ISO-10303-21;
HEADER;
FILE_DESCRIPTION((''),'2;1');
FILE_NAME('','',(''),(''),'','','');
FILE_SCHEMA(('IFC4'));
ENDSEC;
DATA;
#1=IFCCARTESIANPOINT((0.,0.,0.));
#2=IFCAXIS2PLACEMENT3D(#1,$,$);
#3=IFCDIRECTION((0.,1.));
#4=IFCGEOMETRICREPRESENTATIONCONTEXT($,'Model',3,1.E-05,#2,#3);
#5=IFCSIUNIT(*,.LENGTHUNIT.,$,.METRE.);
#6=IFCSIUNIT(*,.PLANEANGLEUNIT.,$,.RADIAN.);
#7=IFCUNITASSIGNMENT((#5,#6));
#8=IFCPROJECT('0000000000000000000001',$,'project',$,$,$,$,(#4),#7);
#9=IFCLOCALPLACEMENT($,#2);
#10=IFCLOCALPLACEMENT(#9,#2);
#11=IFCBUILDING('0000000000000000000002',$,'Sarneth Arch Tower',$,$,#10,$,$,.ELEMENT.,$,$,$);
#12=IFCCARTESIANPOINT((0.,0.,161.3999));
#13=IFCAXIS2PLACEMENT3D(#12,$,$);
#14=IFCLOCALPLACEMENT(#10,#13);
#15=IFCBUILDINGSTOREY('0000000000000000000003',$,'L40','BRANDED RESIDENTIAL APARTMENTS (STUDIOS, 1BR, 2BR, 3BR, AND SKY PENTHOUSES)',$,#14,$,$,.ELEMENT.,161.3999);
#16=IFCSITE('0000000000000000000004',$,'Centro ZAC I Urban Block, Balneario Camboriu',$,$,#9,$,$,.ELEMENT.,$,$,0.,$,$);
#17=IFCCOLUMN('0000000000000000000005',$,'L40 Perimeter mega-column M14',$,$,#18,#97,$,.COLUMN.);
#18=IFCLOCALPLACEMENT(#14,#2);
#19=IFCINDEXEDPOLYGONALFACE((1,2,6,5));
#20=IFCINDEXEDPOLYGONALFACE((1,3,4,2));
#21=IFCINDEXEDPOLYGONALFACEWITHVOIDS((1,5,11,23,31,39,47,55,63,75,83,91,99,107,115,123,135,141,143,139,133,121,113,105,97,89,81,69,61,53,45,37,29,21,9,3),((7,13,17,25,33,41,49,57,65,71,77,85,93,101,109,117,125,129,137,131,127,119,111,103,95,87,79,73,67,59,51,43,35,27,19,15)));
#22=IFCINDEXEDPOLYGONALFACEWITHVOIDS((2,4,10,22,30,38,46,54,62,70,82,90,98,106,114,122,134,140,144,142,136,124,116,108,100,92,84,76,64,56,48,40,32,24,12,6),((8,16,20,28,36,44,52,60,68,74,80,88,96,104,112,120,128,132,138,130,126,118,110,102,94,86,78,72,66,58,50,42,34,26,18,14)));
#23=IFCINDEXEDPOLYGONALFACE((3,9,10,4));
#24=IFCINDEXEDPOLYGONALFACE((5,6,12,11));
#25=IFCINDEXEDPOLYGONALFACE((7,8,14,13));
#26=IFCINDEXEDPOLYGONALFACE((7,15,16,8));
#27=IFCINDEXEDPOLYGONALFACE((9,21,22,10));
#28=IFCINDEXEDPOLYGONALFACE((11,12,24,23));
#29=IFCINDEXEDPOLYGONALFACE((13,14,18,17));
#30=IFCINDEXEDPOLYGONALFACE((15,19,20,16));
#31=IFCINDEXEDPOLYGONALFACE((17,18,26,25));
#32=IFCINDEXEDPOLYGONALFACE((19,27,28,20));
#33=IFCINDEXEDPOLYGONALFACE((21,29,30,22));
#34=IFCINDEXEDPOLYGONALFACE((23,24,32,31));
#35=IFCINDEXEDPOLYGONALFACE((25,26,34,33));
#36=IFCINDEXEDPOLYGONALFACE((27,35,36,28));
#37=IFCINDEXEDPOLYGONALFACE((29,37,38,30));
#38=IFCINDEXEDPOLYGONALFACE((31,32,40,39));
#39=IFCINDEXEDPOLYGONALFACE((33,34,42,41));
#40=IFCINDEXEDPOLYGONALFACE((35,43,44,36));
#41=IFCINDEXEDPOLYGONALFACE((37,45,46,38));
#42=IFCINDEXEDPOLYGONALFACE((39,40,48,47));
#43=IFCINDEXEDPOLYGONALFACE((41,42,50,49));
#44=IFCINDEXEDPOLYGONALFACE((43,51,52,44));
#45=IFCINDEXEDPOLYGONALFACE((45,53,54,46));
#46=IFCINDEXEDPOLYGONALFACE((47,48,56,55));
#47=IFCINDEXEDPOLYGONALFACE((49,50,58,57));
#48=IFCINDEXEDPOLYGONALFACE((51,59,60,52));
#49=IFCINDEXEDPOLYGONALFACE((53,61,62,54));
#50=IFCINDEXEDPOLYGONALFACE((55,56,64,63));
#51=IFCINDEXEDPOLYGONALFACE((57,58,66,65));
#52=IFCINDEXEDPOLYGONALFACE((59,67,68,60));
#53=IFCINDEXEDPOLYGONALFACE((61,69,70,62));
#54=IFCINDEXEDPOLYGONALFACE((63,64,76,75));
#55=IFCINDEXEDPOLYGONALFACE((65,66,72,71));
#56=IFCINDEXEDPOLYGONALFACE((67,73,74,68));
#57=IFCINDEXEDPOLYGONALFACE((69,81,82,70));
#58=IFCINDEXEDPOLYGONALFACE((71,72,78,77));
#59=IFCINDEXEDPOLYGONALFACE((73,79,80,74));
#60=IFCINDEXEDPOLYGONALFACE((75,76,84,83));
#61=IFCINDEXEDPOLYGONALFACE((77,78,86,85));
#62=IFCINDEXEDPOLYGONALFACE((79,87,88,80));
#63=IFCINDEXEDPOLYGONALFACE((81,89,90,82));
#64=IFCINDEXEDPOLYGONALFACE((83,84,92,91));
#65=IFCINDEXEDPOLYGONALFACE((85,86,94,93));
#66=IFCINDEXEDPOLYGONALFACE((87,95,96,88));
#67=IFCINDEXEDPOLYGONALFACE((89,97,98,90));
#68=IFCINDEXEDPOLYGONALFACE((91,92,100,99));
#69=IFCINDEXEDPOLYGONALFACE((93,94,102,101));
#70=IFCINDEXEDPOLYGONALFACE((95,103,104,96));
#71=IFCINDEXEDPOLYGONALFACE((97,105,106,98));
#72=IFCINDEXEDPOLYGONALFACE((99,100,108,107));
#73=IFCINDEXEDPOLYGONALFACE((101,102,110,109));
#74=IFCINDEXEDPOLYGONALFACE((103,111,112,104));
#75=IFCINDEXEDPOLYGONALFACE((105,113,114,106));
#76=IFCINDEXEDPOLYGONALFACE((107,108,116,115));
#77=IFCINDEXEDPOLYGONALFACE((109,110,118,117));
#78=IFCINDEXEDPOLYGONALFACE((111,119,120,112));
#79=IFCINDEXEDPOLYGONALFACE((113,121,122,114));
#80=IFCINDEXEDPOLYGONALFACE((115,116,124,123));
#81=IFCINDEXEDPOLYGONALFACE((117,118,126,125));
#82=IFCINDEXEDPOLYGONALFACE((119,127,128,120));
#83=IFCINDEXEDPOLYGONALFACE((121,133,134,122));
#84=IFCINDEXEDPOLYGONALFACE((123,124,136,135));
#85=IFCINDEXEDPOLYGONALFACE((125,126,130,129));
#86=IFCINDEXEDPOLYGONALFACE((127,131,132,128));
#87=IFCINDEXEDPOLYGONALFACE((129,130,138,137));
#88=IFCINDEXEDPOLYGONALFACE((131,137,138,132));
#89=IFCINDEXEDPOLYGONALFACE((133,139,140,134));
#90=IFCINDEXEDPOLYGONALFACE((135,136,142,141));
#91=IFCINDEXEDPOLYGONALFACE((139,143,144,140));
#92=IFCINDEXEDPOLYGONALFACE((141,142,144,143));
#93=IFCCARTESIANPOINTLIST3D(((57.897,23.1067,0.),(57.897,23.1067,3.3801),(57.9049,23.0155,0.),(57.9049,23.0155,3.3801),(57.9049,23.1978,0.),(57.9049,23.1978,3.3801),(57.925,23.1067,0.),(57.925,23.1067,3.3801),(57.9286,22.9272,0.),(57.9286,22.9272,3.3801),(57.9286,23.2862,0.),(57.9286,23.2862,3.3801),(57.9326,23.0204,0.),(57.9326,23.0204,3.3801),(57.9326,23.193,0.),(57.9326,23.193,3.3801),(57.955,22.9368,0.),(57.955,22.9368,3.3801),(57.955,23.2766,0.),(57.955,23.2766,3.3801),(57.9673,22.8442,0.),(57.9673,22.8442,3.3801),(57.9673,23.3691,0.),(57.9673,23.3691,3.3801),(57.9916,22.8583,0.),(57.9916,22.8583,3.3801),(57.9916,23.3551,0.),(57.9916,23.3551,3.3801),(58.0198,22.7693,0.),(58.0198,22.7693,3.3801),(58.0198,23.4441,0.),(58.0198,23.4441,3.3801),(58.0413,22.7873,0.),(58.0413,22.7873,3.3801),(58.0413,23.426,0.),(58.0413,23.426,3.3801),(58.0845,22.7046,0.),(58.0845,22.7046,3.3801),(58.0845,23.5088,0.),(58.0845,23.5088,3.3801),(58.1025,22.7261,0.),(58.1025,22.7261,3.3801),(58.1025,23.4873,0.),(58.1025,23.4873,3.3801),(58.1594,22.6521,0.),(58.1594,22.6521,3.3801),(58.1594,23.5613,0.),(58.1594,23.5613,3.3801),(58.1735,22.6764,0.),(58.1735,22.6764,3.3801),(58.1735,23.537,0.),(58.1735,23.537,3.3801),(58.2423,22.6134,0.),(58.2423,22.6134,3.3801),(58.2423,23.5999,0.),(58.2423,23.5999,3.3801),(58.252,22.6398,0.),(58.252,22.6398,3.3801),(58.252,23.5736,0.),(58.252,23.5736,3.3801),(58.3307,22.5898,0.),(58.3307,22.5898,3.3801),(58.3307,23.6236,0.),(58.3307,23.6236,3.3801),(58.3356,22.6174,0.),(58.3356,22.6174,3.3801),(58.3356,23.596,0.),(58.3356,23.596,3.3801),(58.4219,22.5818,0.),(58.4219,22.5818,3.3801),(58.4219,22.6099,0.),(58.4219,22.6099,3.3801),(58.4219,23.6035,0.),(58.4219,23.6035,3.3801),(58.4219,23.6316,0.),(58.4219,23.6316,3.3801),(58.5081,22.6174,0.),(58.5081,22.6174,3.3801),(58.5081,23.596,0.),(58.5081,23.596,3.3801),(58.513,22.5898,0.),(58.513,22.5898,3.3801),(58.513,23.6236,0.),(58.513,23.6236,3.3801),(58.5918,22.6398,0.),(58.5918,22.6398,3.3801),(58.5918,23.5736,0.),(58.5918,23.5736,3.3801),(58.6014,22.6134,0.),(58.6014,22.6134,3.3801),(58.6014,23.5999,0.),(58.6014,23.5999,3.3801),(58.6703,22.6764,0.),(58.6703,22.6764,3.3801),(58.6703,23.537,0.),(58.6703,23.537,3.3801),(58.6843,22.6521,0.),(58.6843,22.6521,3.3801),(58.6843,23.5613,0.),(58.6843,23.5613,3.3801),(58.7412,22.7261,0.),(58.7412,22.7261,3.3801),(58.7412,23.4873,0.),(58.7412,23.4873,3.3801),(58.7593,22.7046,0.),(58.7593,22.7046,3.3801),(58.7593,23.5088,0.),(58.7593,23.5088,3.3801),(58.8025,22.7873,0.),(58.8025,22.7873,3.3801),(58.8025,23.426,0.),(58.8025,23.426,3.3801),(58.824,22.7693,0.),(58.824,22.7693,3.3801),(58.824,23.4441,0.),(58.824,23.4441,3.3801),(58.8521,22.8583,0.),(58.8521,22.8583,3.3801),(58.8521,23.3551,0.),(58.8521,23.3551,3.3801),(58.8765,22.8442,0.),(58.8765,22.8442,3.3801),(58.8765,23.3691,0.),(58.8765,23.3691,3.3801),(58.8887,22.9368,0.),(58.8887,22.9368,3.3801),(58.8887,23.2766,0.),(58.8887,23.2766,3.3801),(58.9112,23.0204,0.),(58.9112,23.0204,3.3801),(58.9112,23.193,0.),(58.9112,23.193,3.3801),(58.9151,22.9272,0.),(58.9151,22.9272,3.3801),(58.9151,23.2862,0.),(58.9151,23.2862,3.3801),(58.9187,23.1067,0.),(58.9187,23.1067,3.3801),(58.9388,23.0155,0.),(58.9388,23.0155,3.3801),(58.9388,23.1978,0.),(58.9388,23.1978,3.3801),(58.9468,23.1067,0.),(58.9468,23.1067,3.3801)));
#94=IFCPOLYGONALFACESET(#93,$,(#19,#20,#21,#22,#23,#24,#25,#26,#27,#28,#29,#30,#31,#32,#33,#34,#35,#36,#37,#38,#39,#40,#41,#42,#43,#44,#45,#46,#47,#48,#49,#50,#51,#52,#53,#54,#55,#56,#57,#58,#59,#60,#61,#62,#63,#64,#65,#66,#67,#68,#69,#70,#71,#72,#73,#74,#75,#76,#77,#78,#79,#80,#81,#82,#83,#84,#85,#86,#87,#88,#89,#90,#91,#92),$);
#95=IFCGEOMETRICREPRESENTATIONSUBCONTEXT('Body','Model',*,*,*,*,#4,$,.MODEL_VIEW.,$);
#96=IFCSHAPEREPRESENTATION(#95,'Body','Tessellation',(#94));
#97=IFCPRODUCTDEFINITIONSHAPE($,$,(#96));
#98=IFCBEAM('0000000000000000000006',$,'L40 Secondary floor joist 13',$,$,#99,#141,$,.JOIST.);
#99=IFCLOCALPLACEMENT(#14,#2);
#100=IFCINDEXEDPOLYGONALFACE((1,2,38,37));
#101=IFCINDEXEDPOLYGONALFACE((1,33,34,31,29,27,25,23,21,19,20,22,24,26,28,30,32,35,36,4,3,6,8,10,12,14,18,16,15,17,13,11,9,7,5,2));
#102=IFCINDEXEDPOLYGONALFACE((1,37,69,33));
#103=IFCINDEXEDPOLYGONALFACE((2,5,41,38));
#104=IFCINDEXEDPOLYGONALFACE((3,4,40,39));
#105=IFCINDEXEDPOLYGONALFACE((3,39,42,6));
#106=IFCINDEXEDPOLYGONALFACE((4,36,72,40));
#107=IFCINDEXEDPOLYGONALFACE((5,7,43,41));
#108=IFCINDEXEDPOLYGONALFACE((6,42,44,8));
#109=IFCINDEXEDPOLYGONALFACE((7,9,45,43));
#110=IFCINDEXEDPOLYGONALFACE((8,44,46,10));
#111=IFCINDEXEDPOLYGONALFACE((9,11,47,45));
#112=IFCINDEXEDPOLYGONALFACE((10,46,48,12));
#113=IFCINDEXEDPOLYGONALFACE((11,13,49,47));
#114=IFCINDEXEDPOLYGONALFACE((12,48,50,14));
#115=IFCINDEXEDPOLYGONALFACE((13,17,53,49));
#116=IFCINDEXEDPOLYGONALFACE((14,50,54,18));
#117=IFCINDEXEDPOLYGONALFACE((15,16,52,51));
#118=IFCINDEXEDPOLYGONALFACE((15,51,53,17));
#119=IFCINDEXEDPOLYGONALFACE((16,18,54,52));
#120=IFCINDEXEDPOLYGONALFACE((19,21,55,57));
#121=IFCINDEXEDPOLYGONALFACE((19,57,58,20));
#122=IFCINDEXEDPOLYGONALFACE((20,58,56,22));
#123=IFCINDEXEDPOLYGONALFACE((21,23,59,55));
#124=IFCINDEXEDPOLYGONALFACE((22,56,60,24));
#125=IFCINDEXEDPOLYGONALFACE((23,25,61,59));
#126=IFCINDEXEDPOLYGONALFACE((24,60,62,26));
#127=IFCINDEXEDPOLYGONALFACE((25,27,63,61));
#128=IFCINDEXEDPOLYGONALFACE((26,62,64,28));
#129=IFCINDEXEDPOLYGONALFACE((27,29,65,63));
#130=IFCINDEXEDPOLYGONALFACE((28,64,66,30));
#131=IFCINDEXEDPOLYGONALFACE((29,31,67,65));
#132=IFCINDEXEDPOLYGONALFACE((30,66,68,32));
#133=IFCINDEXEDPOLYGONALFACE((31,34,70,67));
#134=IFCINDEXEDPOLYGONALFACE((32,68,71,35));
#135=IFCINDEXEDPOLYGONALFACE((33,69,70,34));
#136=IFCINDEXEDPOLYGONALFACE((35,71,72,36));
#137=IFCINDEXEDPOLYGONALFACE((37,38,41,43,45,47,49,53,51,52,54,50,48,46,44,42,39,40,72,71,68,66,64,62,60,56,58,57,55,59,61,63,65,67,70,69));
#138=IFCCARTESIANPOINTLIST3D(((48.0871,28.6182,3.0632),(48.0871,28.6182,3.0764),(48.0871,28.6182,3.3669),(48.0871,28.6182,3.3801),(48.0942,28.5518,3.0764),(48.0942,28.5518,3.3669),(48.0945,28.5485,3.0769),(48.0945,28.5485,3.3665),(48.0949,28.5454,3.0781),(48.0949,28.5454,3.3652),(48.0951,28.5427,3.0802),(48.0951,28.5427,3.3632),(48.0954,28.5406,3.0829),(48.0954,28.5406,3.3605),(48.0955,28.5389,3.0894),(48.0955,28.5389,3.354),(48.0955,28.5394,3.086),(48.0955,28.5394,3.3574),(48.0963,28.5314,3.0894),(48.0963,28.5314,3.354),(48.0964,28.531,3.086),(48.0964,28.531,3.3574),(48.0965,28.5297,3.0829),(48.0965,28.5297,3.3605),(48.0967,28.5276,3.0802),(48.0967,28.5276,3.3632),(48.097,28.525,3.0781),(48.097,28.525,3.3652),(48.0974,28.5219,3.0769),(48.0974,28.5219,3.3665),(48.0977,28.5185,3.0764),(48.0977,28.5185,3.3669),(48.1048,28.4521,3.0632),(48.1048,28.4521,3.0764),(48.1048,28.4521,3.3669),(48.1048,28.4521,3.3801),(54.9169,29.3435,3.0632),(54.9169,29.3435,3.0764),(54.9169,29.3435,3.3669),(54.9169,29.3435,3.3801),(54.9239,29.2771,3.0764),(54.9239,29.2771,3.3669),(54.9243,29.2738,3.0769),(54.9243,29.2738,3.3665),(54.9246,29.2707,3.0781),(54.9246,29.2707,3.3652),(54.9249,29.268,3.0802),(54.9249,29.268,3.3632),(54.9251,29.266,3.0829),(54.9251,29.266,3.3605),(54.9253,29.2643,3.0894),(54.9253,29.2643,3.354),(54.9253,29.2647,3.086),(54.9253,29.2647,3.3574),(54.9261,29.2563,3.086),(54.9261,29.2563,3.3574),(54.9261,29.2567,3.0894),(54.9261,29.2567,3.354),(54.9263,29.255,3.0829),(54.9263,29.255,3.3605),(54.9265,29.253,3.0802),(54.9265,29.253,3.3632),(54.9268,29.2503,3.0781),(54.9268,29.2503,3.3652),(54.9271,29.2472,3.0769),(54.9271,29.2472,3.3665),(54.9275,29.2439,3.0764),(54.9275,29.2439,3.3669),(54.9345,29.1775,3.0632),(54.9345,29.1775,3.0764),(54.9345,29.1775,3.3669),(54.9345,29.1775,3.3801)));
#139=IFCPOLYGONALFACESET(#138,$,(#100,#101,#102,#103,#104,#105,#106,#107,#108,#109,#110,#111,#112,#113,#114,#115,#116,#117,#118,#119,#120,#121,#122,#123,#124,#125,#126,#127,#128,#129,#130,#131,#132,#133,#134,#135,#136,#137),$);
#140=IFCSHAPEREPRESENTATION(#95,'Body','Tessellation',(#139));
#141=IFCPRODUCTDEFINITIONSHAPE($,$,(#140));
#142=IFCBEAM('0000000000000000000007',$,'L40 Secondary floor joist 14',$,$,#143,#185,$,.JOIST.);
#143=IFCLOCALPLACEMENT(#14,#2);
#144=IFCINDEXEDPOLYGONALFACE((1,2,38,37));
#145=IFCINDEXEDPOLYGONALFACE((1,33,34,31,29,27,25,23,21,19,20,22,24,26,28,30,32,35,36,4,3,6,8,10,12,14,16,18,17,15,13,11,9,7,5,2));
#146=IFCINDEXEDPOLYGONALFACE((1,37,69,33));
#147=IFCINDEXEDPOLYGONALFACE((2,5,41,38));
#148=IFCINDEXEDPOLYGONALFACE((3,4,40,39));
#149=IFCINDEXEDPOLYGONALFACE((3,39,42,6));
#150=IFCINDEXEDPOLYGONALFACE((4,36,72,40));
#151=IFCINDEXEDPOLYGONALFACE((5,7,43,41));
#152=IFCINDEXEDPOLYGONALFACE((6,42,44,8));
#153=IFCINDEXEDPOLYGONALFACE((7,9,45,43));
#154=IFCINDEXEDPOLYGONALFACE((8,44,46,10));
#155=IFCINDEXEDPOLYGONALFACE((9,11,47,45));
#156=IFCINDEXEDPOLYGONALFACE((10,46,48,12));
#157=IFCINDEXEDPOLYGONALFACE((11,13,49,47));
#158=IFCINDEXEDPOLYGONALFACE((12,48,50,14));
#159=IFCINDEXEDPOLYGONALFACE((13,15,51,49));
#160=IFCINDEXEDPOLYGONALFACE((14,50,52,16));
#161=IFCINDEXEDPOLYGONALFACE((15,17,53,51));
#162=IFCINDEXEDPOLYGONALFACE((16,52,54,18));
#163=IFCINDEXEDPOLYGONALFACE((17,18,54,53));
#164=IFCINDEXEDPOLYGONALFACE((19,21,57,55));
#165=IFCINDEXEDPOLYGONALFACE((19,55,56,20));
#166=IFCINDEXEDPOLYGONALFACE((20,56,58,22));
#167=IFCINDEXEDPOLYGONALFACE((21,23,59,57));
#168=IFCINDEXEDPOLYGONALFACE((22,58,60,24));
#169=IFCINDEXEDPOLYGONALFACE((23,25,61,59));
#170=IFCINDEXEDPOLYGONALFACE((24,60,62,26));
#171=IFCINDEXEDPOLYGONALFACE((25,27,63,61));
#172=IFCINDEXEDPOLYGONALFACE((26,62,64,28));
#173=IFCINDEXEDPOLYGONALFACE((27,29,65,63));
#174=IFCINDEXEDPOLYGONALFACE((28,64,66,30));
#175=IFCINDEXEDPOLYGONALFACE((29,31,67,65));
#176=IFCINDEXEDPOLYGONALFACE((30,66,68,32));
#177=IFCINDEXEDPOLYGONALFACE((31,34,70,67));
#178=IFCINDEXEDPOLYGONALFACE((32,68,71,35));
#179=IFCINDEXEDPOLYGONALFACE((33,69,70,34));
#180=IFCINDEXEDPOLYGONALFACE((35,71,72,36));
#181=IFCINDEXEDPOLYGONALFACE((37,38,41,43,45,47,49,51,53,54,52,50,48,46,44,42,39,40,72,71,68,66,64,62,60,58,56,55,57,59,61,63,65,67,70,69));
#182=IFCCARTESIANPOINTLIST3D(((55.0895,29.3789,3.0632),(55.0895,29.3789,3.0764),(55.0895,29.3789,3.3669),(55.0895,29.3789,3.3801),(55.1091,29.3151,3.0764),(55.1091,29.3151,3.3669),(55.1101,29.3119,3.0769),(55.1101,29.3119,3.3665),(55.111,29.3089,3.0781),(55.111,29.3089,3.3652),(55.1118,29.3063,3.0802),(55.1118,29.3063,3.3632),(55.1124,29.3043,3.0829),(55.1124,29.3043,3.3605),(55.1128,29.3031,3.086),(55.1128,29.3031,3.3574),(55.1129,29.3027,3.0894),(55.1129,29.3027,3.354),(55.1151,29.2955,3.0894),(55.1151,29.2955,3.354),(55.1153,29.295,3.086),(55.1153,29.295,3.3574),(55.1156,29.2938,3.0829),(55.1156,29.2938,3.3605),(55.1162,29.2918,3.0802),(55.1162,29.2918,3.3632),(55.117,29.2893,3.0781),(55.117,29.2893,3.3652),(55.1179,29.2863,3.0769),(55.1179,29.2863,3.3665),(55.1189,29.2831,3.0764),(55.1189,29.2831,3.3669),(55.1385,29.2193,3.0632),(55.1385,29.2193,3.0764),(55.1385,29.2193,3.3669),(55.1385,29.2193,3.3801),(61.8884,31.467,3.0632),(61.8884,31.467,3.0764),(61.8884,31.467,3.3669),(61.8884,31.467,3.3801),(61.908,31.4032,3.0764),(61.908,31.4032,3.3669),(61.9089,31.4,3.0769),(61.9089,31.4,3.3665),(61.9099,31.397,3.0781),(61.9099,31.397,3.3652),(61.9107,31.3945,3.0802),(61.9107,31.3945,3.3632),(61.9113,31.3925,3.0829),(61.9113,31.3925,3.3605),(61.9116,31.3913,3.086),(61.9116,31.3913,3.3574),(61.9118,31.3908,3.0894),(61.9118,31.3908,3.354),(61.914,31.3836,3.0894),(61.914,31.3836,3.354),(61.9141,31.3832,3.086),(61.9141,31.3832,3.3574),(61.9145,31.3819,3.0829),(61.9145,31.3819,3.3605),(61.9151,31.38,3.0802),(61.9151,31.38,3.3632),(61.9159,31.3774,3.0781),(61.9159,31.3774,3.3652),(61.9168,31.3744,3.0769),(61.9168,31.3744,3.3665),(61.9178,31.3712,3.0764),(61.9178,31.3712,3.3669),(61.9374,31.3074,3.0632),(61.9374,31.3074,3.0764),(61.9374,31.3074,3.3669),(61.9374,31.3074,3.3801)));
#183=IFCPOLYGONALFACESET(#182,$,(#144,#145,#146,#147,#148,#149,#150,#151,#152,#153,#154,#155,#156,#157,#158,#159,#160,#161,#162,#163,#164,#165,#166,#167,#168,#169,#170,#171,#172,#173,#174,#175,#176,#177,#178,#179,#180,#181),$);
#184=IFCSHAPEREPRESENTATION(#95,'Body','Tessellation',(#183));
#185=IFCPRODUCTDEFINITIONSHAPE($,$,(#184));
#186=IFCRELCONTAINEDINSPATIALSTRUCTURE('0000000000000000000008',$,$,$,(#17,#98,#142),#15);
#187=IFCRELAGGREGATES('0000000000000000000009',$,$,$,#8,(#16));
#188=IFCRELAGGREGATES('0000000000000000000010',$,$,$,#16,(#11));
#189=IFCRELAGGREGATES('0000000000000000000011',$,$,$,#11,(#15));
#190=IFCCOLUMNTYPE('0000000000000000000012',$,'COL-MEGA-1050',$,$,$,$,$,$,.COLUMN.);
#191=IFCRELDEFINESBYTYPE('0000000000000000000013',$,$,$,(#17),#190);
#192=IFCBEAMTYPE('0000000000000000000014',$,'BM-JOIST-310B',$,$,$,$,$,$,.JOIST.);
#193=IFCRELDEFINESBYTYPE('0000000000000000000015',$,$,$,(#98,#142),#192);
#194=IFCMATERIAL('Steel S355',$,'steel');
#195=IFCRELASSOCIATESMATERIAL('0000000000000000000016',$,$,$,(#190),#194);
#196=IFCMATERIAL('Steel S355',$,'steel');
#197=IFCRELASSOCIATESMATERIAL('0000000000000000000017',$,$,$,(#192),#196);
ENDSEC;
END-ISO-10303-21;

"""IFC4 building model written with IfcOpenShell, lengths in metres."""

from ifc_helpers import new_model, si_unit, direction, frame, origin, origin_2d, place, context, subcontext, project, spatial, hollow_circle, i_section, extrude, material, material_profile, profile_set, type_object, element, save


model = new_model("IFC4")

# Units and contexts
model_context = context("Model", 3, precision=1e-05, world=origin(), true_north=direction((0.0, 1.0)))
body_context = subcontext(model_context, "Body", "Model", "MODEL_VIEW")
ifc_project = project(units=[si_unit("LENGTHUNIT", "METRE"), si_unit("PLANEANGLEUNIT", "RADIAN")], contexts=[model_context])

# Site, building, storey
site_placement = place(None, origin())
site = spatial("IfcSite", under=ifc_project, at=site_placement, Name="Centro ZAC I Urban Block, Balneario Camboriu", CompositionType="ELEMENT", RefElevation=0.0)
building_placement = place(site_placement, origin())
building = spatial("IfcBuilding", under=site, at=building_placement, Name="Sarneth Arch Tower", CompositionType="ELEMENT")
storey_placement = place(building_placement, frame((0.0, 0.0, 161.3999)))
storey = spatial("IfcBuildingStorey", under=building, at=storey_placement, Name="L40", Description="BRANDED RESIDENTIAL APARTMENTS (STUDIOS, 1BR, 2BR, 3BR, AND SKY PENTHOUSES)", CompositionType="ELEMENT", Elevation=161.3999)

# Column
ifc_material_1 = material(Name="Steel S355", Category="steel")
ifc_material_profile_1 = material_profile(ifc_material_1, hollow_circle(Radius=0.5249, WallThickness=0.0281, at=origin_2d()), Name="CHS1050x28")
ifc_profile_set_1 = profile_set([ifc_material_profile_1], Name="Steel S355")
column_type = type_object("IfcColumnType", Name="COL-MEGA-1050", PredefinedType="COLUMN", material=ifc_profile_set_1)
column_placement = place(storey_placement, frame((58.4219, 23.1067, 0.0), z_axis=(0.0, 0.0, 1.0), x_axis=(1.0, 0.0, 0.0)))
element("IfcColumn", 1, at=column_placement, inside=storey, type_object=column_type, Name="L40 Perimeter mega-column M14", PredefinedType="COLUMN", context=body_context, shape_type="SweptSolid", body=[
    extrude(hollow_circle(Radius=0.5249, WallThickness=0.0281, at=origin_2d()), origin(), (0.0, 0.0, 1.0), 3.3801),
])

# Beams
ifc_material_2 = material(Name="Steel S355", Category="steel")
ifc_material_profile_2 = material_profile(ifc_material_2, i_section(OverallWidth=0.167, OverallDepth=0.3169, WebThickness=0.0076, FlangeThickness=0.0132, FilletRadius=0.0129, at=origin_2d()), Name="W310x52")
ifc_profile_set_2 = profile_set([ifc_material_profile_2], Name="Steel S355")
beam_type_1 = type_object("IfcBeamType", Name="BM-JOIST-310B", PredefinedType="JOIST", material=ifc_profile_set_2)
beam_1_placement = place(storey_placement, frame((48.0959, 28.5352, 3.2217), z_axis=(0.994408, 0.105608, 0.0), x_axis=(-0.105608, 0.994408, 0.0)))
element("IfcBeam", 2, at=beam_1_placement, inside=storey, type_object=beam_type_1, Name="L40 Secondary floor joist 13", PredefinedType="JOIST", context=body_context, shape_type="SweptSolid", body=[
    extrude(i_section(OverallWidth=0.167, OverallDepth=0.3169, WebThickness=0.0076, FlangeThickness=0.0132, FilletRadius=0.0129, at=origin_2d()), origin(), (0.0, 0.0, 1.0), 6.8682),
])
beam_2_placement = place(storey_placement, frame((55.114, 29.2991, 3.2217), z_axis=(0.95593, 0.293596, 0.0), x_axis=(-0.293596, 0.95593, 0.0)))
element("IfcBeam", 3, at=beam_2_placement, inside=storey, type_object=beam_type_1, Name="L40 Secondary floor joist 14", PredefinedType="JOIST", context=body_context, shape_type="SweptSolid", body=[
    extrude(i_section(OverallWidth=0.167, OverallDepth=0.3169, WebThickness=0.0076, FlangeThickness=0.0132, FilletRadius=0.0129, at=origin_2d()), origin(), (0.0, 0.0, 1.0), 7.1123),
])

save(model, "model.ifc")
